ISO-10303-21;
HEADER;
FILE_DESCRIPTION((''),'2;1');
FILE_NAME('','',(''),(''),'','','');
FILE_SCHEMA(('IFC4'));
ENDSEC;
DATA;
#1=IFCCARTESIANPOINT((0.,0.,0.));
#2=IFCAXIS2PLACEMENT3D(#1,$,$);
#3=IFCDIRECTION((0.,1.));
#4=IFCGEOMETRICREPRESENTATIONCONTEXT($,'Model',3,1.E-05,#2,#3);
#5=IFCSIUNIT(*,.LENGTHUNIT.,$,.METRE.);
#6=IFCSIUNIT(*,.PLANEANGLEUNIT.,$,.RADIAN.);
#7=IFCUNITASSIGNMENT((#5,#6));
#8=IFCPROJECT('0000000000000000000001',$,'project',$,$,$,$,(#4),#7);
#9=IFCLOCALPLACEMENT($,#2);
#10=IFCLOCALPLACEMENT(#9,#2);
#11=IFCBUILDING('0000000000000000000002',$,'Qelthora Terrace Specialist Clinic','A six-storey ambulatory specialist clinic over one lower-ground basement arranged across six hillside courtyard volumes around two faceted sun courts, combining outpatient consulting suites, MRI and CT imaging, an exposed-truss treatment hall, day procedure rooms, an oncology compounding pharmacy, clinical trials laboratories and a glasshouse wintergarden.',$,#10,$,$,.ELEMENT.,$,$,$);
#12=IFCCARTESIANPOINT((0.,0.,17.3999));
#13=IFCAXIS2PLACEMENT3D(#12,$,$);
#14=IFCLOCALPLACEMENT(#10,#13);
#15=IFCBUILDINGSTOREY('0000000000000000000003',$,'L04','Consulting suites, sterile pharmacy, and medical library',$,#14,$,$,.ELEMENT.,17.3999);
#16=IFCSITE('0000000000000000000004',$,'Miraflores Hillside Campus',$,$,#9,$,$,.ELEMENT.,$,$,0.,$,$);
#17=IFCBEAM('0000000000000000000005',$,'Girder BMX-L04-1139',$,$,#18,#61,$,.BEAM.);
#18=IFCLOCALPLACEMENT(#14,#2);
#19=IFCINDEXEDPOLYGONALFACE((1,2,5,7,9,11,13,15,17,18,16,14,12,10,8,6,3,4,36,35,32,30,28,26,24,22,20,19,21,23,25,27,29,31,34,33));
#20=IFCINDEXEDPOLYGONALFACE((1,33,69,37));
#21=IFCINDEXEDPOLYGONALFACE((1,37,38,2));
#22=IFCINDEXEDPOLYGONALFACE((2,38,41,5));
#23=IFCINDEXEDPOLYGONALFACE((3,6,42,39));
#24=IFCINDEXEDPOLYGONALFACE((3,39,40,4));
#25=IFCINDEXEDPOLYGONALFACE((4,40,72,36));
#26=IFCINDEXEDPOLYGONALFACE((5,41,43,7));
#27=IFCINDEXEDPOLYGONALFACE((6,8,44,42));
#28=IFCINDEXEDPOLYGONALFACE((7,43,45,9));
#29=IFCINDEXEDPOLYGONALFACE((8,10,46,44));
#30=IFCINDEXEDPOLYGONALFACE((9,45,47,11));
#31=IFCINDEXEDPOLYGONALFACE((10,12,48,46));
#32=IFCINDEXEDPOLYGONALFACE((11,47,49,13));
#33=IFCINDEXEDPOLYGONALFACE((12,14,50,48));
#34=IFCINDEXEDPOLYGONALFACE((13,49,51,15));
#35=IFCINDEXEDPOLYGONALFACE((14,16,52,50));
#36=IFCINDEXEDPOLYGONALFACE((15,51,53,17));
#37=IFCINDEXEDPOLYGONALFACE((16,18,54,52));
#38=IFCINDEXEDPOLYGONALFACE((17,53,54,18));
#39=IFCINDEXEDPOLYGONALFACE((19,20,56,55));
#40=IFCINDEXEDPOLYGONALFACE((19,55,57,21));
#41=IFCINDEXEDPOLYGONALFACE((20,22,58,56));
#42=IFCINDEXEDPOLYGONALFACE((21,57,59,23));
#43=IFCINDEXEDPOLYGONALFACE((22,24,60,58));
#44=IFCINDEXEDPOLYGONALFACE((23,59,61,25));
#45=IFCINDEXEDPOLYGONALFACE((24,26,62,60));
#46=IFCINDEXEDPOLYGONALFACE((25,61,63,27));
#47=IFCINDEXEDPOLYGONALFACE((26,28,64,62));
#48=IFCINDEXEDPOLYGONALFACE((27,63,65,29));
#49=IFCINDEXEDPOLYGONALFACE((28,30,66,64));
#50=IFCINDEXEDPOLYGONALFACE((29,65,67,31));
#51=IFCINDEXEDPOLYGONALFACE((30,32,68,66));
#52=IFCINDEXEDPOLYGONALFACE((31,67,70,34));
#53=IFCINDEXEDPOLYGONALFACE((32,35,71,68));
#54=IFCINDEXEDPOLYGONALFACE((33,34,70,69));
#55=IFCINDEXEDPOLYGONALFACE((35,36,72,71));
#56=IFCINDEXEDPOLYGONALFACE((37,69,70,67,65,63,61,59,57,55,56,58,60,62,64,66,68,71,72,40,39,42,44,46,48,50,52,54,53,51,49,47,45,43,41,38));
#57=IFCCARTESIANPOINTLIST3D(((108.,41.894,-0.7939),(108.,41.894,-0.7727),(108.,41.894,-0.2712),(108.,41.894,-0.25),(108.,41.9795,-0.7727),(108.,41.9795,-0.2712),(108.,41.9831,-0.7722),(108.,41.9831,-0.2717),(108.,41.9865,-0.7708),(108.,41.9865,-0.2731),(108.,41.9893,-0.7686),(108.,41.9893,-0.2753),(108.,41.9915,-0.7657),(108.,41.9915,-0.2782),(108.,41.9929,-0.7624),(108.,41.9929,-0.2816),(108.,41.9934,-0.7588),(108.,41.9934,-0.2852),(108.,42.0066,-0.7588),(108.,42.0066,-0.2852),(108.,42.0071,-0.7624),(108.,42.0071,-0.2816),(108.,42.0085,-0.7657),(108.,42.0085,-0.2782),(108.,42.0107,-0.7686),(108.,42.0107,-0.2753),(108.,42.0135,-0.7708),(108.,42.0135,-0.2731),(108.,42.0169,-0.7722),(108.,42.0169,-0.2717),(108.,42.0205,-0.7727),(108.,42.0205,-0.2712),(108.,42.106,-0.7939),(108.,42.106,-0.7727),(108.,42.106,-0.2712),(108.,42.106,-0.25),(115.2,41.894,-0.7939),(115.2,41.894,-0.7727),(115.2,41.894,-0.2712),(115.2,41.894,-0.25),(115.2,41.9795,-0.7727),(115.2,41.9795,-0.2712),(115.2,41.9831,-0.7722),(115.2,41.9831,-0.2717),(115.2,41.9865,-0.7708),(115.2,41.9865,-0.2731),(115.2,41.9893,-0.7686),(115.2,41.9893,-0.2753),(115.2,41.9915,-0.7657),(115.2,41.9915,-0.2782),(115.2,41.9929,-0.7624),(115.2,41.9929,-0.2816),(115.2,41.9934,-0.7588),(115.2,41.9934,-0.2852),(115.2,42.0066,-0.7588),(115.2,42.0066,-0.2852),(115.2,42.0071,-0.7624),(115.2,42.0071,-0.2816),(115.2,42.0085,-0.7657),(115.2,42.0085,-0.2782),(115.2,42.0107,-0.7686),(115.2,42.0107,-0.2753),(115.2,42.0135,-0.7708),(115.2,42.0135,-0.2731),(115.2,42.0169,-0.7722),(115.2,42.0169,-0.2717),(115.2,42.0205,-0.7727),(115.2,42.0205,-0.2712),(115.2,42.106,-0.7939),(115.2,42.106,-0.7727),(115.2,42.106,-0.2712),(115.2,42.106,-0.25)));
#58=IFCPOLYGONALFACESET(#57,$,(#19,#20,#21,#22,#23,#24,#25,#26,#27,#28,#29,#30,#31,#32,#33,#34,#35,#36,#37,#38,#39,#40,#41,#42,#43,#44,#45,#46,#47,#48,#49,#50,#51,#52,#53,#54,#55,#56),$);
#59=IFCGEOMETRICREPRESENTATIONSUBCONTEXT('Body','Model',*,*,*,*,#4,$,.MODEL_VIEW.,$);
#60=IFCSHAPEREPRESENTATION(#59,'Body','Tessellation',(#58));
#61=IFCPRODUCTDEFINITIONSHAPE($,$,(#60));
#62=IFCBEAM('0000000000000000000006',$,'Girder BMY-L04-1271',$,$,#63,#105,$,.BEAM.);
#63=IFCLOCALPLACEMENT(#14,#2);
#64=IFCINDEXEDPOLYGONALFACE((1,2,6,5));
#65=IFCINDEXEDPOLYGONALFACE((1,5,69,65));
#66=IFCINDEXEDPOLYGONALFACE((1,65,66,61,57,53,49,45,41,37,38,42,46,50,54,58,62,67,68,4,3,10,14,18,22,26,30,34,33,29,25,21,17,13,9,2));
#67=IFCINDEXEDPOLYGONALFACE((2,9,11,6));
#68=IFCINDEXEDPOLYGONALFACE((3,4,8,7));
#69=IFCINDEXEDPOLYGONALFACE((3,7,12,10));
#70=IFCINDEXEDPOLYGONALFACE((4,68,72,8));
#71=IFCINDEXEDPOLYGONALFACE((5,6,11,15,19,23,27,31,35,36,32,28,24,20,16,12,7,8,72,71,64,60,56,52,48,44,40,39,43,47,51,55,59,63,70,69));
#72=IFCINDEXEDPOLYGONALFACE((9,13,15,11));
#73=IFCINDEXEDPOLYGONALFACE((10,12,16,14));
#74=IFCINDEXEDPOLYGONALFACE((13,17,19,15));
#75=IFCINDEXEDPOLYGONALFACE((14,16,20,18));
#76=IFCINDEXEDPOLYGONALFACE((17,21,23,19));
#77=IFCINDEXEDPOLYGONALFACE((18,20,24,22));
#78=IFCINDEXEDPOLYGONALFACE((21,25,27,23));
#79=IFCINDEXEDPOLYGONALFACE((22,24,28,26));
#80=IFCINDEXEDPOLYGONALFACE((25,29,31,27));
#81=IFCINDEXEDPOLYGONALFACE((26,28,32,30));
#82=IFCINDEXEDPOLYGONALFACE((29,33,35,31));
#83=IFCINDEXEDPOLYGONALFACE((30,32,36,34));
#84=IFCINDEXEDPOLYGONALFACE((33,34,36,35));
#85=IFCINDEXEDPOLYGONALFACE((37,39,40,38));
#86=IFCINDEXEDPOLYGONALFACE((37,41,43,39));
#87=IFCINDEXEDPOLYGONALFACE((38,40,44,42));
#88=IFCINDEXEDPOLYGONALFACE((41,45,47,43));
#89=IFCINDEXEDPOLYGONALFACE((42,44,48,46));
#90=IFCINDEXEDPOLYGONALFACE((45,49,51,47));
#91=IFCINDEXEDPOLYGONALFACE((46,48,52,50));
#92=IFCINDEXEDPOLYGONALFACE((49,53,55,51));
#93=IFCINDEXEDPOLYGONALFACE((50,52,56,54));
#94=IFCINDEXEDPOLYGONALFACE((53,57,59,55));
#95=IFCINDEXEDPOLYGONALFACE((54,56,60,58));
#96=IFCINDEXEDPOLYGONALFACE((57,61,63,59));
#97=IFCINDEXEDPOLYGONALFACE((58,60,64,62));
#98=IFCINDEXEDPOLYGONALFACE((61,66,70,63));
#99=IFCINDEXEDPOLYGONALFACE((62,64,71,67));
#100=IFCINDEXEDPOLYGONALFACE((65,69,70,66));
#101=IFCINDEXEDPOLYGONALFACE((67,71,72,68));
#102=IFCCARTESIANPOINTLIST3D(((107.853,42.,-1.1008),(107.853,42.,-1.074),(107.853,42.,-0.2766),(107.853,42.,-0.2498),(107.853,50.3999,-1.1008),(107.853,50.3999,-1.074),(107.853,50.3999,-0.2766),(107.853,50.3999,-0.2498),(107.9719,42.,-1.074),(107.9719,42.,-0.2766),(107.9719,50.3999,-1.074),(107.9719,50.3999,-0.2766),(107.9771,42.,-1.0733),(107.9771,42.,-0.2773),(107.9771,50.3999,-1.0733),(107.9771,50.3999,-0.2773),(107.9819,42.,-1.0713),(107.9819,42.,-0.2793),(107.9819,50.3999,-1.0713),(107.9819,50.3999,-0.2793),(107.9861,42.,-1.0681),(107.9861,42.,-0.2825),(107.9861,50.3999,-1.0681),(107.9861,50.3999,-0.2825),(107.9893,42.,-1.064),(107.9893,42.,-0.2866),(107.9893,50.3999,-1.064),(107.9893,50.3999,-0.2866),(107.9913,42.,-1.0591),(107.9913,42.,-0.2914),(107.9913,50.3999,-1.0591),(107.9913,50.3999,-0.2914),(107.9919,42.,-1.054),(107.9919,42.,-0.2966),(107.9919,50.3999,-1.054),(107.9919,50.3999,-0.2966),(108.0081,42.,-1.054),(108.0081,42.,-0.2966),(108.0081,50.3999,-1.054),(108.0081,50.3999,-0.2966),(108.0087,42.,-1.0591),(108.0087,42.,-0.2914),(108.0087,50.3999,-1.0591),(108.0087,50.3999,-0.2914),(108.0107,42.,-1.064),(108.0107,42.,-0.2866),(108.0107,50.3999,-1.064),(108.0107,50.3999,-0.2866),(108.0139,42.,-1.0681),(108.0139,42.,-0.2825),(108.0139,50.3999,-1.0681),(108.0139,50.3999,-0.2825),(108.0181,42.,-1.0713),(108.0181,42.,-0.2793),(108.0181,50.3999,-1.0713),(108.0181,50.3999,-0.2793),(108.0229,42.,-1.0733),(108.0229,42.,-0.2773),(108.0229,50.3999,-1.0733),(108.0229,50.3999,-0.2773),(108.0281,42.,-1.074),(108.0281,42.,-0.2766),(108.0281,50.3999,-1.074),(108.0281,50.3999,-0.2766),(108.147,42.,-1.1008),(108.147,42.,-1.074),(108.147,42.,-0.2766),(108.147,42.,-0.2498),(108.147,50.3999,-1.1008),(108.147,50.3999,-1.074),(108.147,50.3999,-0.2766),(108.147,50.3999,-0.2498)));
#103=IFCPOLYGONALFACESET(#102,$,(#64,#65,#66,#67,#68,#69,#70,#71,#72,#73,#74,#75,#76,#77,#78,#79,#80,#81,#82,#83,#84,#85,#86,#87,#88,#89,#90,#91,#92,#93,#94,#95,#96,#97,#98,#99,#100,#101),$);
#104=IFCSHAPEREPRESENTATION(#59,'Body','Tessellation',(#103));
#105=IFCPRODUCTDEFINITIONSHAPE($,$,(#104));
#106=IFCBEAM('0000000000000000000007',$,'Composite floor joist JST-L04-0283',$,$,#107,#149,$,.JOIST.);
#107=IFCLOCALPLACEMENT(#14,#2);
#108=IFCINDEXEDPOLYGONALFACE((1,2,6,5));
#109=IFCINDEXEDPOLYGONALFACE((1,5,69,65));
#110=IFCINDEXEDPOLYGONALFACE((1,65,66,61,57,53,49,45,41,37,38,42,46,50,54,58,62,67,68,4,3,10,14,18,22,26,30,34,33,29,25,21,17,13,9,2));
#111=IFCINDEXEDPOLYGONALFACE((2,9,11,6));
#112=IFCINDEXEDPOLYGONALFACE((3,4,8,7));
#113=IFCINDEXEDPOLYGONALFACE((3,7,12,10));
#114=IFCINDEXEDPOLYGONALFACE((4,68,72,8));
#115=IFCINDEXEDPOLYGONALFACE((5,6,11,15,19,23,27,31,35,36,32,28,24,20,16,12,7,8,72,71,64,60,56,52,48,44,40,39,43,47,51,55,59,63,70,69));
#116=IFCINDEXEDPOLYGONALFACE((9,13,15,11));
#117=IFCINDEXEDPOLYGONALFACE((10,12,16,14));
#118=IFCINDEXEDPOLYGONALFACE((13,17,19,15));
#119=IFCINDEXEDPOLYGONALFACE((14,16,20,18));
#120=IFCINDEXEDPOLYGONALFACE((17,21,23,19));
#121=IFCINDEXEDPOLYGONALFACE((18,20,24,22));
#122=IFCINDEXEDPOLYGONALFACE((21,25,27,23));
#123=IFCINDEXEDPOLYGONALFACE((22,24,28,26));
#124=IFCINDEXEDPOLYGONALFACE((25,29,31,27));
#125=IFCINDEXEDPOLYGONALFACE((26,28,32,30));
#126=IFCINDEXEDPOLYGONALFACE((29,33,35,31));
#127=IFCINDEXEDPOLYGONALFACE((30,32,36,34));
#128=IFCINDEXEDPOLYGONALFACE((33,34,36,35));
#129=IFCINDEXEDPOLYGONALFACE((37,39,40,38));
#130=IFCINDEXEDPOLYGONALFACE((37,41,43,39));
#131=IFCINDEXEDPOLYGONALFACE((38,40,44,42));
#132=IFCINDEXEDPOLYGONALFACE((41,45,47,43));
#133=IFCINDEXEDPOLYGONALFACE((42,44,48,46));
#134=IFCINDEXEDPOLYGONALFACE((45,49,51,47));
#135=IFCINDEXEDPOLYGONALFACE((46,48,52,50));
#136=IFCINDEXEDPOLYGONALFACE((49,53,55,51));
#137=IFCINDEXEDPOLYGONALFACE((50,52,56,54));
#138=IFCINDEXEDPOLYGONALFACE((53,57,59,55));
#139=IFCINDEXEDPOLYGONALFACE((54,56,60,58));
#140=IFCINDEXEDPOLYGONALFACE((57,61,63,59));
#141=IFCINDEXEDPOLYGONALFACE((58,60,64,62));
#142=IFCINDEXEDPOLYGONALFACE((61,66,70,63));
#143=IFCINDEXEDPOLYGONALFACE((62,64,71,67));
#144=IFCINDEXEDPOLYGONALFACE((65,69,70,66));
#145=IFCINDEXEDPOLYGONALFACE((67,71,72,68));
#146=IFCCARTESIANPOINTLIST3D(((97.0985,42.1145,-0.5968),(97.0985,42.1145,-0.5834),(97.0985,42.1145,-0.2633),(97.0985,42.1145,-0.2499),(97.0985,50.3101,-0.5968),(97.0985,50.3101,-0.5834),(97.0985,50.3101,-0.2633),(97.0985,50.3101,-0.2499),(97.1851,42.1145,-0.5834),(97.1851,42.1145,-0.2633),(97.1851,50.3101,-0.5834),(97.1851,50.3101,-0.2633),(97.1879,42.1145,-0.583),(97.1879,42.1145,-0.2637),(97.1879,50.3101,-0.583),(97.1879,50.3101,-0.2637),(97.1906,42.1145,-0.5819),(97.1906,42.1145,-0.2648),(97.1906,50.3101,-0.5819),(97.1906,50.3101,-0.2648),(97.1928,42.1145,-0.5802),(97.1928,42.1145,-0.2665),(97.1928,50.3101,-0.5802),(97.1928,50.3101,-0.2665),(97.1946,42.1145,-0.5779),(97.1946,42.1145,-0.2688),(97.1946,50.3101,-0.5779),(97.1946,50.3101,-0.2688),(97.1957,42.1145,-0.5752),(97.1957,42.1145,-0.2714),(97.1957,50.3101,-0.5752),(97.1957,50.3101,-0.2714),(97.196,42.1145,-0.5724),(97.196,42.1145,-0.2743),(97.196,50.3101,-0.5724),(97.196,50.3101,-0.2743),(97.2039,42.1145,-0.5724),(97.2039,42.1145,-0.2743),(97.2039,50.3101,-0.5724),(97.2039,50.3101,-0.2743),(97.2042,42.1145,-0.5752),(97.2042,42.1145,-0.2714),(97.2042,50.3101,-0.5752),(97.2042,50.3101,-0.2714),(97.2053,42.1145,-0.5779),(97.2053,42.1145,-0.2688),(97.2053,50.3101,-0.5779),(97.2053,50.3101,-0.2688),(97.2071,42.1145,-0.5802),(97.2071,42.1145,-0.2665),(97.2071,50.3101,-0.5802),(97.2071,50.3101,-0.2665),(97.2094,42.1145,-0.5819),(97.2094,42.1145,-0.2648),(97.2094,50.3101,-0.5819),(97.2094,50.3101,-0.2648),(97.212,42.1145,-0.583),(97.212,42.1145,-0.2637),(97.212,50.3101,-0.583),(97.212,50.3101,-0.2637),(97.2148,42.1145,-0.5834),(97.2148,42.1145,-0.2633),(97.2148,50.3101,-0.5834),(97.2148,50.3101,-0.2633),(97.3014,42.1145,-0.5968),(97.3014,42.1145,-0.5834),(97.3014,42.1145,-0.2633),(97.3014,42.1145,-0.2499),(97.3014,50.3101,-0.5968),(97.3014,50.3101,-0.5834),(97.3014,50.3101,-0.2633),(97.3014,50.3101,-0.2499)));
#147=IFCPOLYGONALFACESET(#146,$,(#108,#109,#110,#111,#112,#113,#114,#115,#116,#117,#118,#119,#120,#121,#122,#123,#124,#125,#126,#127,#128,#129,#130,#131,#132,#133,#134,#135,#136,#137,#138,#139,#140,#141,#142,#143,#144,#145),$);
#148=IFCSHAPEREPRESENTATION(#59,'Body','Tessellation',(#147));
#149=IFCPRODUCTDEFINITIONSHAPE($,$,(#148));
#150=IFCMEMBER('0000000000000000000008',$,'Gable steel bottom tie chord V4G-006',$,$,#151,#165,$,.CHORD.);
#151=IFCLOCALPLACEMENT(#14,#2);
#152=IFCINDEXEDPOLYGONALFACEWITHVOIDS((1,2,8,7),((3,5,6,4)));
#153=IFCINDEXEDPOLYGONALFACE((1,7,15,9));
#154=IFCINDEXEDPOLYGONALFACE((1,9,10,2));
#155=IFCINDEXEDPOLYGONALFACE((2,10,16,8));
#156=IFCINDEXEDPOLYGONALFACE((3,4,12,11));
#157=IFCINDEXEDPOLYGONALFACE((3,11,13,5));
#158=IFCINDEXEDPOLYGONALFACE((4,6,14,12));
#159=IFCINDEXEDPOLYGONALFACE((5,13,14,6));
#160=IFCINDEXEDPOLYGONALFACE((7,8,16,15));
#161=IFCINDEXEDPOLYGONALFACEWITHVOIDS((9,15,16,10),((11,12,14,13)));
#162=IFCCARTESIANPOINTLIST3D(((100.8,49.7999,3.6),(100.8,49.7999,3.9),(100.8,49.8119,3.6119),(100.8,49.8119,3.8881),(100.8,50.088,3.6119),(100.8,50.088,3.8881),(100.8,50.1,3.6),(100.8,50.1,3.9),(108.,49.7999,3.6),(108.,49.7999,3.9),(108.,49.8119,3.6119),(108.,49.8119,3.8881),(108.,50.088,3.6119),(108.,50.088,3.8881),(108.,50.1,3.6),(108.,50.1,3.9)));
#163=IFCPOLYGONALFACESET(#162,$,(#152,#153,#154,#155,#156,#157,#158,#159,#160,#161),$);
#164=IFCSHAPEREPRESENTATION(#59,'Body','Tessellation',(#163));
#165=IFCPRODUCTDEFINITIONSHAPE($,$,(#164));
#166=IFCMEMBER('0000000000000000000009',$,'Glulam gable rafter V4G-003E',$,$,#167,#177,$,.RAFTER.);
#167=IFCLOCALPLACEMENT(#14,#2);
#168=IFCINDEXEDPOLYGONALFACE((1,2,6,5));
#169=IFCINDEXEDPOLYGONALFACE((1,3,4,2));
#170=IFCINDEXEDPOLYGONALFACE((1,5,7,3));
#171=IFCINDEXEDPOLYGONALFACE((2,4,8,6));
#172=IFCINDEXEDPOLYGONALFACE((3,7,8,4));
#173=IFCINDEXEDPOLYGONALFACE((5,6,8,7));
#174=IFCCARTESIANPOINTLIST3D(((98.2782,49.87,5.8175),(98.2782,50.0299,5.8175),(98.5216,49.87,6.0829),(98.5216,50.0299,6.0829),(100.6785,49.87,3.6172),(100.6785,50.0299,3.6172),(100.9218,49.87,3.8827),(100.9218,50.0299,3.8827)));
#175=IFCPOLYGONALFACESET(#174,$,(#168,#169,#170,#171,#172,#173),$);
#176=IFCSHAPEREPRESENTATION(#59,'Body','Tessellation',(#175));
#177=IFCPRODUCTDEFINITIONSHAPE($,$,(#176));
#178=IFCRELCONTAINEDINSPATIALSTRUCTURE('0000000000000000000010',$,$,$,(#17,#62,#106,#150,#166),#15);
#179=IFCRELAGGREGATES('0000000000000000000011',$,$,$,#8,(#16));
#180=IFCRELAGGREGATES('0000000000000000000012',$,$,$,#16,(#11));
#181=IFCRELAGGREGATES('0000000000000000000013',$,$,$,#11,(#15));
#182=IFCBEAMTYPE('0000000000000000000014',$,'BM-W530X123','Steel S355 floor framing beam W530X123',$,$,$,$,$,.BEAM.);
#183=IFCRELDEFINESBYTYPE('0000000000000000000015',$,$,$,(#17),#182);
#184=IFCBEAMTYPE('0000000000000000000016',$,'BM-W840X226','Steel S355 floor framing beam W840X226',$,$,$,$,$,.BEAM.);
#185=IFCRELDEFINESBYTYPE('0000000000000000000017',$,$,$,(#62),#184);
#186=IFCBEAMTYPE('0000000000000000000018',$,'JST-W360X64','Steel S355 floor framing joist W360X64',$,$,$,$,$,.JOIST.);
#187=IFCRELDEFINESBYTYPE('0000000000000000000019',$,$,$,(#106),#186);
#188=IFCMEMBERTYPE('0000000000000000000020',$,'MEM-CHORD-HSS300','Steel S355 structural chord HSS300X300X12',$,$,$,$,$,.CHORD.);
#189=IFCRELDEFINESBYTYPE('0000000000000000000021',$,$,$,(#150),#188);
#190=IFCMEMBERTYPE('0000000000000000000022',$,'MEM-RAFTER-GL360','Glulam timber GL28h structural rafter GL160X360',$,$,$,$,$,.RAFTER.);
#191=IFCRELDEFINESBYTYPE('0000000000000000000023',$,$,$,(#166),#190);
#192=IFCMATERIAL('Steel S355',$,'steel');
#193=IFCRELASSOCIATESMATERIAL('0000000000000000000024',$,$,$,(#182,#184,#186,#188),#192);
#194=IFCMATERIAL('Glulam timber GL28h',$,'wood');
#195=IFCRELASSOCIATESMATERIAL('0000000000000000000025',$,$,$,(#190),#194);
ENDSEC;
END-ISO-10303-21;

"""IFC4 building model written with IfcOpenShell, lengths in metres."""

from ifc_helpers import new_model, si_unit, direction, frame, origin, origin_2d, place, context, subcontext, project, spatial, rectangle, hollow_rectangle, i_section, extrude, material, material_profile, profile_set, type_object, element, save


model = new_model("IFC4")

# Units and contexts
model_context = context("Model", 3, precision=1e-05, world=origin(), true_north=direction((0.0, 1.0)))
body_context = subcontext(model_context, "Body", "Model", "MODEL_VIEW")
ifc_project = project(units=[si_unit("LENGTHUNIT", "METRE"), si_unit("PLANEANGLEUNIT", "RADIAN")], contexts=[model_context])

# Site, building, storey
site_placement = place(None, origin())
site = spatial("IfcSite", under=ifc_project, at=site_placement, Name="Miraflores Hillside Campus", CompositionType="ELEMENT", RefElevation=0.0)
building_placement = place(site_placement, origin())
building = spatial("IfcBuilding", under=site, at=building_placement, Name="Qelthora Terrace Specialist Clinic", Description="A six-storey ambulatory specialist clinic over one lower-ground basement arranged across six hillside courtyard volumes around two faceted sun courts, combining outpatient consulting suites, MRI and CT imaging, an exposed-truss treatment hall, day procedure rooms, an oncology compounding pharmacy, clinical trials laboratories and a glasshouse wintergarden.", CompositionType="ELEMENT")
storey_placement = place(building_placement, frame((0.0, 0.0, 17.3999)))
storey = spatial("IfcBuildingStorey", under=building, at=storey_placement, Name="L04", Description="Consulting suites, sterile pharmacy, and medical library", CompositionType="ELEMENT", Elevation=17.3999)

# Beams
ifc_material_1 = material(Name="Steel S355", Category="steel")
ifc_material_profile_1 = material_profile(ifc_material_1, i_section(OverallWidth=0.2119, OverallDepth=0.5439, WebThickness=0.0132, FlangeThickness=0.0212, FilletRadius=0.0139, at=origin_2d()), Name="W530X123")
ifc_profile_set_1 = profile_set([ifc_material_profile_1], Name="Steel S355")
beam_type_1 = type_object("IfcBeamType", Name="BM-W530X123", Description="Steel S355 floor framing beam W530X123", PredefinedType="BEAM", material=ifc_profile_set_1)
beam_1_placement = place(storey_placement, frame((108.0, 42.0, -0.522), z_axis=(1.0, 0.0, 0.0), x_axis=(0.0, 1.0, 0.0)))
element("IfcBeam", 1, at=beam_1_placement, inside=storey, type_object=beam_type_1, Name="Girder BMX-L04-1139", PredefinedType="BEAM", context=body_context, shape_type="SweptSolid", body=[
    extrude(i_section(OverallWidth=0.2119, OverallDepth=0.5439, WebThickness=0.0132, FlangeThickness=0.0212, FilletRadius=0.0139, at=origin_2d()), origin(), (0.0, 0.0, 1.0), 7.2),
])
ifc_material_profile_2 = material_profile(ifc_material_1, i_section(OverallWidth=0.2939, OverallDepth=0.8511, WebThickness=0.0161, FlangeThickness=0.0269, FilletRadius=0.02, at=origin_2d()), Name="W840X226")
ifc_profile_set_2 = profile_set([ifc_material_profile_2], Name="Steel S355")
beam_type_2 = type_object("IfcBeamType", Name="BM-W840X226", Description="Steel S355 floor framing beam W840X226", PredefinedType="BEAM", material=ifc_profile_set_2)
beam_2_placement = place(storey_placement, frame((108.0, 42.0, -0.6753), z_axis=(0.0, 1.0, 0.0), x_axis=(-1.0, 0.0, 0.0)))
element("IfcBeam", 2, at=beam_2_placement, inside=storey, type_object=beam_type_2, Name="Girder BMY-L04-1271", PredefinedType="BEAM", context=body_context, shape_type="SweptSolid", body=[
    extrude(i_section(OverallWidth=0.2939, OverallDepth=0.8511, WebThickness=0.0161, FlangeThickness=0.0269, FilletRadius=0.02, at=origin_2d()), origin(), (0.0, 0.0, 1.0), 8.3999),
])
ifc_material_profile_3 = material_profile(ifc_material_1, i_section(OverallWidth=0.2029, OverallDepth=0.3469, WebThickness=0.0078, FlangeThickness=0.0134, FilletRadius=0.011, at=origin_2d()), Name="W360X64")
ifc_profile_set_3 = profile_set([ifc_material_profile_3], Name="Steel S355")
beam_type_3 = type_object("IfcBeamType", Name="JST-W360X64", Description="Steel S355 floor framing joist W360X64", PredefinedType="JOIST", material=ifc_profile_set_3)
beam_3_placement = place(storey_placement, frame((97.2, 42.1145, -0.4233), z_axis=(0.0, 1.0, 0.0), x_axis=(-1.0, 0.0, 0.0)))
element("IfcBeam", 3, at=beam_3_placement, inside=storey, type_object=beam_type_3, Name="Composite floor joist JST-L04-0283", PredefinedType="JOIST", context=body_context, shape_type="SweptSolid", body=[
    extrude(i_section(OverallWidth=0.2029, OverallDepth=0.3469, WebThickness=0.0078, FlangeThickness=0.0134, FilletRadius=0.011, at=origin_2d()), origin(), (0.0, 0.0, 1.0), 8.1956),
])

# Members
ifc_material_profile_4 = material_profile(ifc_material_1, hollow_rectangle(XDim=0.3, YDim=0.3, WallThickness=0.012, at=origin_2d()), Name="HSS300X300X12")
ifc_profile_set_4 = profile_set([ifc_material_profile_4], Name="Steel S355")
member_type_1 = type_object("IfcMemberType", Name="MEM-CHORD-HSS300", Description="Steel S355 structural chord HSS300X300X12", PredefinedType="CHORD", material=ifc_profile_set_4)
member_1_placement = place(storey_placement, frame((100.8, 49.95, 3.75), z_axis=(1.0, 0.0, 0.0), x_axis=(0.0, 1.0, 0.0)))
element("IfcMember", 4, at=member_1_placement, inside=storey, type_object=member_type_1, Name="Gable steel bottom tie chord V4G-006", PredefinedType="CHORD", context=body_context, shape_type="SweptSolid", body=[
    extrude(hollow_rectangle(XDim=0.3, YDim=0.3, WallThickness=0.012, at=origin_2d()), origin(), (0.0, 0.0, 1.0), 7.2),
])
ifc_material_2 = material(Name="Glulam timber GL28h", Category="wood")
ifc_material_profile_5 = material_profile(ifc_material_2, rectangle(XDim=0.1599, YDim=0.3601, at=origin_2d()), Name="GL160X360")
ifc_profile_set_5 = profile_set([ifc_material_profile_5], Name="Glulam timber GL28h")
member_type_2 = type_object("IfcMemberType", Name="MEM-RAFTER-GL360", Description="Glulam timber GL28h structural rafter GL160X360", PredefinedType="RAFTER", material=ifc_profile_set_5)
member_2_placement = place(storey_placement, frame((98.3999, 49.95, 5.9502), z_axis=(0.737145, 0.0, -0.675735), x_axis=(0.0, 1.0, 0.0)))
element("IfcMember", 5, at=member_2_placement, inside=storey, type_object=member_type_2, Name="Glulam gable rafter V4G-003E", PredefinedType="RAFTER", context=body_context, shape_type="SweptSolid", body=[
    extrude(rectangle(XDim=0.1599, YDim=0.3601, at=origin_2d()), origin(), (0.0, 0.0, 1.0), 3.2561),
])

save(model, "model.ifc")
